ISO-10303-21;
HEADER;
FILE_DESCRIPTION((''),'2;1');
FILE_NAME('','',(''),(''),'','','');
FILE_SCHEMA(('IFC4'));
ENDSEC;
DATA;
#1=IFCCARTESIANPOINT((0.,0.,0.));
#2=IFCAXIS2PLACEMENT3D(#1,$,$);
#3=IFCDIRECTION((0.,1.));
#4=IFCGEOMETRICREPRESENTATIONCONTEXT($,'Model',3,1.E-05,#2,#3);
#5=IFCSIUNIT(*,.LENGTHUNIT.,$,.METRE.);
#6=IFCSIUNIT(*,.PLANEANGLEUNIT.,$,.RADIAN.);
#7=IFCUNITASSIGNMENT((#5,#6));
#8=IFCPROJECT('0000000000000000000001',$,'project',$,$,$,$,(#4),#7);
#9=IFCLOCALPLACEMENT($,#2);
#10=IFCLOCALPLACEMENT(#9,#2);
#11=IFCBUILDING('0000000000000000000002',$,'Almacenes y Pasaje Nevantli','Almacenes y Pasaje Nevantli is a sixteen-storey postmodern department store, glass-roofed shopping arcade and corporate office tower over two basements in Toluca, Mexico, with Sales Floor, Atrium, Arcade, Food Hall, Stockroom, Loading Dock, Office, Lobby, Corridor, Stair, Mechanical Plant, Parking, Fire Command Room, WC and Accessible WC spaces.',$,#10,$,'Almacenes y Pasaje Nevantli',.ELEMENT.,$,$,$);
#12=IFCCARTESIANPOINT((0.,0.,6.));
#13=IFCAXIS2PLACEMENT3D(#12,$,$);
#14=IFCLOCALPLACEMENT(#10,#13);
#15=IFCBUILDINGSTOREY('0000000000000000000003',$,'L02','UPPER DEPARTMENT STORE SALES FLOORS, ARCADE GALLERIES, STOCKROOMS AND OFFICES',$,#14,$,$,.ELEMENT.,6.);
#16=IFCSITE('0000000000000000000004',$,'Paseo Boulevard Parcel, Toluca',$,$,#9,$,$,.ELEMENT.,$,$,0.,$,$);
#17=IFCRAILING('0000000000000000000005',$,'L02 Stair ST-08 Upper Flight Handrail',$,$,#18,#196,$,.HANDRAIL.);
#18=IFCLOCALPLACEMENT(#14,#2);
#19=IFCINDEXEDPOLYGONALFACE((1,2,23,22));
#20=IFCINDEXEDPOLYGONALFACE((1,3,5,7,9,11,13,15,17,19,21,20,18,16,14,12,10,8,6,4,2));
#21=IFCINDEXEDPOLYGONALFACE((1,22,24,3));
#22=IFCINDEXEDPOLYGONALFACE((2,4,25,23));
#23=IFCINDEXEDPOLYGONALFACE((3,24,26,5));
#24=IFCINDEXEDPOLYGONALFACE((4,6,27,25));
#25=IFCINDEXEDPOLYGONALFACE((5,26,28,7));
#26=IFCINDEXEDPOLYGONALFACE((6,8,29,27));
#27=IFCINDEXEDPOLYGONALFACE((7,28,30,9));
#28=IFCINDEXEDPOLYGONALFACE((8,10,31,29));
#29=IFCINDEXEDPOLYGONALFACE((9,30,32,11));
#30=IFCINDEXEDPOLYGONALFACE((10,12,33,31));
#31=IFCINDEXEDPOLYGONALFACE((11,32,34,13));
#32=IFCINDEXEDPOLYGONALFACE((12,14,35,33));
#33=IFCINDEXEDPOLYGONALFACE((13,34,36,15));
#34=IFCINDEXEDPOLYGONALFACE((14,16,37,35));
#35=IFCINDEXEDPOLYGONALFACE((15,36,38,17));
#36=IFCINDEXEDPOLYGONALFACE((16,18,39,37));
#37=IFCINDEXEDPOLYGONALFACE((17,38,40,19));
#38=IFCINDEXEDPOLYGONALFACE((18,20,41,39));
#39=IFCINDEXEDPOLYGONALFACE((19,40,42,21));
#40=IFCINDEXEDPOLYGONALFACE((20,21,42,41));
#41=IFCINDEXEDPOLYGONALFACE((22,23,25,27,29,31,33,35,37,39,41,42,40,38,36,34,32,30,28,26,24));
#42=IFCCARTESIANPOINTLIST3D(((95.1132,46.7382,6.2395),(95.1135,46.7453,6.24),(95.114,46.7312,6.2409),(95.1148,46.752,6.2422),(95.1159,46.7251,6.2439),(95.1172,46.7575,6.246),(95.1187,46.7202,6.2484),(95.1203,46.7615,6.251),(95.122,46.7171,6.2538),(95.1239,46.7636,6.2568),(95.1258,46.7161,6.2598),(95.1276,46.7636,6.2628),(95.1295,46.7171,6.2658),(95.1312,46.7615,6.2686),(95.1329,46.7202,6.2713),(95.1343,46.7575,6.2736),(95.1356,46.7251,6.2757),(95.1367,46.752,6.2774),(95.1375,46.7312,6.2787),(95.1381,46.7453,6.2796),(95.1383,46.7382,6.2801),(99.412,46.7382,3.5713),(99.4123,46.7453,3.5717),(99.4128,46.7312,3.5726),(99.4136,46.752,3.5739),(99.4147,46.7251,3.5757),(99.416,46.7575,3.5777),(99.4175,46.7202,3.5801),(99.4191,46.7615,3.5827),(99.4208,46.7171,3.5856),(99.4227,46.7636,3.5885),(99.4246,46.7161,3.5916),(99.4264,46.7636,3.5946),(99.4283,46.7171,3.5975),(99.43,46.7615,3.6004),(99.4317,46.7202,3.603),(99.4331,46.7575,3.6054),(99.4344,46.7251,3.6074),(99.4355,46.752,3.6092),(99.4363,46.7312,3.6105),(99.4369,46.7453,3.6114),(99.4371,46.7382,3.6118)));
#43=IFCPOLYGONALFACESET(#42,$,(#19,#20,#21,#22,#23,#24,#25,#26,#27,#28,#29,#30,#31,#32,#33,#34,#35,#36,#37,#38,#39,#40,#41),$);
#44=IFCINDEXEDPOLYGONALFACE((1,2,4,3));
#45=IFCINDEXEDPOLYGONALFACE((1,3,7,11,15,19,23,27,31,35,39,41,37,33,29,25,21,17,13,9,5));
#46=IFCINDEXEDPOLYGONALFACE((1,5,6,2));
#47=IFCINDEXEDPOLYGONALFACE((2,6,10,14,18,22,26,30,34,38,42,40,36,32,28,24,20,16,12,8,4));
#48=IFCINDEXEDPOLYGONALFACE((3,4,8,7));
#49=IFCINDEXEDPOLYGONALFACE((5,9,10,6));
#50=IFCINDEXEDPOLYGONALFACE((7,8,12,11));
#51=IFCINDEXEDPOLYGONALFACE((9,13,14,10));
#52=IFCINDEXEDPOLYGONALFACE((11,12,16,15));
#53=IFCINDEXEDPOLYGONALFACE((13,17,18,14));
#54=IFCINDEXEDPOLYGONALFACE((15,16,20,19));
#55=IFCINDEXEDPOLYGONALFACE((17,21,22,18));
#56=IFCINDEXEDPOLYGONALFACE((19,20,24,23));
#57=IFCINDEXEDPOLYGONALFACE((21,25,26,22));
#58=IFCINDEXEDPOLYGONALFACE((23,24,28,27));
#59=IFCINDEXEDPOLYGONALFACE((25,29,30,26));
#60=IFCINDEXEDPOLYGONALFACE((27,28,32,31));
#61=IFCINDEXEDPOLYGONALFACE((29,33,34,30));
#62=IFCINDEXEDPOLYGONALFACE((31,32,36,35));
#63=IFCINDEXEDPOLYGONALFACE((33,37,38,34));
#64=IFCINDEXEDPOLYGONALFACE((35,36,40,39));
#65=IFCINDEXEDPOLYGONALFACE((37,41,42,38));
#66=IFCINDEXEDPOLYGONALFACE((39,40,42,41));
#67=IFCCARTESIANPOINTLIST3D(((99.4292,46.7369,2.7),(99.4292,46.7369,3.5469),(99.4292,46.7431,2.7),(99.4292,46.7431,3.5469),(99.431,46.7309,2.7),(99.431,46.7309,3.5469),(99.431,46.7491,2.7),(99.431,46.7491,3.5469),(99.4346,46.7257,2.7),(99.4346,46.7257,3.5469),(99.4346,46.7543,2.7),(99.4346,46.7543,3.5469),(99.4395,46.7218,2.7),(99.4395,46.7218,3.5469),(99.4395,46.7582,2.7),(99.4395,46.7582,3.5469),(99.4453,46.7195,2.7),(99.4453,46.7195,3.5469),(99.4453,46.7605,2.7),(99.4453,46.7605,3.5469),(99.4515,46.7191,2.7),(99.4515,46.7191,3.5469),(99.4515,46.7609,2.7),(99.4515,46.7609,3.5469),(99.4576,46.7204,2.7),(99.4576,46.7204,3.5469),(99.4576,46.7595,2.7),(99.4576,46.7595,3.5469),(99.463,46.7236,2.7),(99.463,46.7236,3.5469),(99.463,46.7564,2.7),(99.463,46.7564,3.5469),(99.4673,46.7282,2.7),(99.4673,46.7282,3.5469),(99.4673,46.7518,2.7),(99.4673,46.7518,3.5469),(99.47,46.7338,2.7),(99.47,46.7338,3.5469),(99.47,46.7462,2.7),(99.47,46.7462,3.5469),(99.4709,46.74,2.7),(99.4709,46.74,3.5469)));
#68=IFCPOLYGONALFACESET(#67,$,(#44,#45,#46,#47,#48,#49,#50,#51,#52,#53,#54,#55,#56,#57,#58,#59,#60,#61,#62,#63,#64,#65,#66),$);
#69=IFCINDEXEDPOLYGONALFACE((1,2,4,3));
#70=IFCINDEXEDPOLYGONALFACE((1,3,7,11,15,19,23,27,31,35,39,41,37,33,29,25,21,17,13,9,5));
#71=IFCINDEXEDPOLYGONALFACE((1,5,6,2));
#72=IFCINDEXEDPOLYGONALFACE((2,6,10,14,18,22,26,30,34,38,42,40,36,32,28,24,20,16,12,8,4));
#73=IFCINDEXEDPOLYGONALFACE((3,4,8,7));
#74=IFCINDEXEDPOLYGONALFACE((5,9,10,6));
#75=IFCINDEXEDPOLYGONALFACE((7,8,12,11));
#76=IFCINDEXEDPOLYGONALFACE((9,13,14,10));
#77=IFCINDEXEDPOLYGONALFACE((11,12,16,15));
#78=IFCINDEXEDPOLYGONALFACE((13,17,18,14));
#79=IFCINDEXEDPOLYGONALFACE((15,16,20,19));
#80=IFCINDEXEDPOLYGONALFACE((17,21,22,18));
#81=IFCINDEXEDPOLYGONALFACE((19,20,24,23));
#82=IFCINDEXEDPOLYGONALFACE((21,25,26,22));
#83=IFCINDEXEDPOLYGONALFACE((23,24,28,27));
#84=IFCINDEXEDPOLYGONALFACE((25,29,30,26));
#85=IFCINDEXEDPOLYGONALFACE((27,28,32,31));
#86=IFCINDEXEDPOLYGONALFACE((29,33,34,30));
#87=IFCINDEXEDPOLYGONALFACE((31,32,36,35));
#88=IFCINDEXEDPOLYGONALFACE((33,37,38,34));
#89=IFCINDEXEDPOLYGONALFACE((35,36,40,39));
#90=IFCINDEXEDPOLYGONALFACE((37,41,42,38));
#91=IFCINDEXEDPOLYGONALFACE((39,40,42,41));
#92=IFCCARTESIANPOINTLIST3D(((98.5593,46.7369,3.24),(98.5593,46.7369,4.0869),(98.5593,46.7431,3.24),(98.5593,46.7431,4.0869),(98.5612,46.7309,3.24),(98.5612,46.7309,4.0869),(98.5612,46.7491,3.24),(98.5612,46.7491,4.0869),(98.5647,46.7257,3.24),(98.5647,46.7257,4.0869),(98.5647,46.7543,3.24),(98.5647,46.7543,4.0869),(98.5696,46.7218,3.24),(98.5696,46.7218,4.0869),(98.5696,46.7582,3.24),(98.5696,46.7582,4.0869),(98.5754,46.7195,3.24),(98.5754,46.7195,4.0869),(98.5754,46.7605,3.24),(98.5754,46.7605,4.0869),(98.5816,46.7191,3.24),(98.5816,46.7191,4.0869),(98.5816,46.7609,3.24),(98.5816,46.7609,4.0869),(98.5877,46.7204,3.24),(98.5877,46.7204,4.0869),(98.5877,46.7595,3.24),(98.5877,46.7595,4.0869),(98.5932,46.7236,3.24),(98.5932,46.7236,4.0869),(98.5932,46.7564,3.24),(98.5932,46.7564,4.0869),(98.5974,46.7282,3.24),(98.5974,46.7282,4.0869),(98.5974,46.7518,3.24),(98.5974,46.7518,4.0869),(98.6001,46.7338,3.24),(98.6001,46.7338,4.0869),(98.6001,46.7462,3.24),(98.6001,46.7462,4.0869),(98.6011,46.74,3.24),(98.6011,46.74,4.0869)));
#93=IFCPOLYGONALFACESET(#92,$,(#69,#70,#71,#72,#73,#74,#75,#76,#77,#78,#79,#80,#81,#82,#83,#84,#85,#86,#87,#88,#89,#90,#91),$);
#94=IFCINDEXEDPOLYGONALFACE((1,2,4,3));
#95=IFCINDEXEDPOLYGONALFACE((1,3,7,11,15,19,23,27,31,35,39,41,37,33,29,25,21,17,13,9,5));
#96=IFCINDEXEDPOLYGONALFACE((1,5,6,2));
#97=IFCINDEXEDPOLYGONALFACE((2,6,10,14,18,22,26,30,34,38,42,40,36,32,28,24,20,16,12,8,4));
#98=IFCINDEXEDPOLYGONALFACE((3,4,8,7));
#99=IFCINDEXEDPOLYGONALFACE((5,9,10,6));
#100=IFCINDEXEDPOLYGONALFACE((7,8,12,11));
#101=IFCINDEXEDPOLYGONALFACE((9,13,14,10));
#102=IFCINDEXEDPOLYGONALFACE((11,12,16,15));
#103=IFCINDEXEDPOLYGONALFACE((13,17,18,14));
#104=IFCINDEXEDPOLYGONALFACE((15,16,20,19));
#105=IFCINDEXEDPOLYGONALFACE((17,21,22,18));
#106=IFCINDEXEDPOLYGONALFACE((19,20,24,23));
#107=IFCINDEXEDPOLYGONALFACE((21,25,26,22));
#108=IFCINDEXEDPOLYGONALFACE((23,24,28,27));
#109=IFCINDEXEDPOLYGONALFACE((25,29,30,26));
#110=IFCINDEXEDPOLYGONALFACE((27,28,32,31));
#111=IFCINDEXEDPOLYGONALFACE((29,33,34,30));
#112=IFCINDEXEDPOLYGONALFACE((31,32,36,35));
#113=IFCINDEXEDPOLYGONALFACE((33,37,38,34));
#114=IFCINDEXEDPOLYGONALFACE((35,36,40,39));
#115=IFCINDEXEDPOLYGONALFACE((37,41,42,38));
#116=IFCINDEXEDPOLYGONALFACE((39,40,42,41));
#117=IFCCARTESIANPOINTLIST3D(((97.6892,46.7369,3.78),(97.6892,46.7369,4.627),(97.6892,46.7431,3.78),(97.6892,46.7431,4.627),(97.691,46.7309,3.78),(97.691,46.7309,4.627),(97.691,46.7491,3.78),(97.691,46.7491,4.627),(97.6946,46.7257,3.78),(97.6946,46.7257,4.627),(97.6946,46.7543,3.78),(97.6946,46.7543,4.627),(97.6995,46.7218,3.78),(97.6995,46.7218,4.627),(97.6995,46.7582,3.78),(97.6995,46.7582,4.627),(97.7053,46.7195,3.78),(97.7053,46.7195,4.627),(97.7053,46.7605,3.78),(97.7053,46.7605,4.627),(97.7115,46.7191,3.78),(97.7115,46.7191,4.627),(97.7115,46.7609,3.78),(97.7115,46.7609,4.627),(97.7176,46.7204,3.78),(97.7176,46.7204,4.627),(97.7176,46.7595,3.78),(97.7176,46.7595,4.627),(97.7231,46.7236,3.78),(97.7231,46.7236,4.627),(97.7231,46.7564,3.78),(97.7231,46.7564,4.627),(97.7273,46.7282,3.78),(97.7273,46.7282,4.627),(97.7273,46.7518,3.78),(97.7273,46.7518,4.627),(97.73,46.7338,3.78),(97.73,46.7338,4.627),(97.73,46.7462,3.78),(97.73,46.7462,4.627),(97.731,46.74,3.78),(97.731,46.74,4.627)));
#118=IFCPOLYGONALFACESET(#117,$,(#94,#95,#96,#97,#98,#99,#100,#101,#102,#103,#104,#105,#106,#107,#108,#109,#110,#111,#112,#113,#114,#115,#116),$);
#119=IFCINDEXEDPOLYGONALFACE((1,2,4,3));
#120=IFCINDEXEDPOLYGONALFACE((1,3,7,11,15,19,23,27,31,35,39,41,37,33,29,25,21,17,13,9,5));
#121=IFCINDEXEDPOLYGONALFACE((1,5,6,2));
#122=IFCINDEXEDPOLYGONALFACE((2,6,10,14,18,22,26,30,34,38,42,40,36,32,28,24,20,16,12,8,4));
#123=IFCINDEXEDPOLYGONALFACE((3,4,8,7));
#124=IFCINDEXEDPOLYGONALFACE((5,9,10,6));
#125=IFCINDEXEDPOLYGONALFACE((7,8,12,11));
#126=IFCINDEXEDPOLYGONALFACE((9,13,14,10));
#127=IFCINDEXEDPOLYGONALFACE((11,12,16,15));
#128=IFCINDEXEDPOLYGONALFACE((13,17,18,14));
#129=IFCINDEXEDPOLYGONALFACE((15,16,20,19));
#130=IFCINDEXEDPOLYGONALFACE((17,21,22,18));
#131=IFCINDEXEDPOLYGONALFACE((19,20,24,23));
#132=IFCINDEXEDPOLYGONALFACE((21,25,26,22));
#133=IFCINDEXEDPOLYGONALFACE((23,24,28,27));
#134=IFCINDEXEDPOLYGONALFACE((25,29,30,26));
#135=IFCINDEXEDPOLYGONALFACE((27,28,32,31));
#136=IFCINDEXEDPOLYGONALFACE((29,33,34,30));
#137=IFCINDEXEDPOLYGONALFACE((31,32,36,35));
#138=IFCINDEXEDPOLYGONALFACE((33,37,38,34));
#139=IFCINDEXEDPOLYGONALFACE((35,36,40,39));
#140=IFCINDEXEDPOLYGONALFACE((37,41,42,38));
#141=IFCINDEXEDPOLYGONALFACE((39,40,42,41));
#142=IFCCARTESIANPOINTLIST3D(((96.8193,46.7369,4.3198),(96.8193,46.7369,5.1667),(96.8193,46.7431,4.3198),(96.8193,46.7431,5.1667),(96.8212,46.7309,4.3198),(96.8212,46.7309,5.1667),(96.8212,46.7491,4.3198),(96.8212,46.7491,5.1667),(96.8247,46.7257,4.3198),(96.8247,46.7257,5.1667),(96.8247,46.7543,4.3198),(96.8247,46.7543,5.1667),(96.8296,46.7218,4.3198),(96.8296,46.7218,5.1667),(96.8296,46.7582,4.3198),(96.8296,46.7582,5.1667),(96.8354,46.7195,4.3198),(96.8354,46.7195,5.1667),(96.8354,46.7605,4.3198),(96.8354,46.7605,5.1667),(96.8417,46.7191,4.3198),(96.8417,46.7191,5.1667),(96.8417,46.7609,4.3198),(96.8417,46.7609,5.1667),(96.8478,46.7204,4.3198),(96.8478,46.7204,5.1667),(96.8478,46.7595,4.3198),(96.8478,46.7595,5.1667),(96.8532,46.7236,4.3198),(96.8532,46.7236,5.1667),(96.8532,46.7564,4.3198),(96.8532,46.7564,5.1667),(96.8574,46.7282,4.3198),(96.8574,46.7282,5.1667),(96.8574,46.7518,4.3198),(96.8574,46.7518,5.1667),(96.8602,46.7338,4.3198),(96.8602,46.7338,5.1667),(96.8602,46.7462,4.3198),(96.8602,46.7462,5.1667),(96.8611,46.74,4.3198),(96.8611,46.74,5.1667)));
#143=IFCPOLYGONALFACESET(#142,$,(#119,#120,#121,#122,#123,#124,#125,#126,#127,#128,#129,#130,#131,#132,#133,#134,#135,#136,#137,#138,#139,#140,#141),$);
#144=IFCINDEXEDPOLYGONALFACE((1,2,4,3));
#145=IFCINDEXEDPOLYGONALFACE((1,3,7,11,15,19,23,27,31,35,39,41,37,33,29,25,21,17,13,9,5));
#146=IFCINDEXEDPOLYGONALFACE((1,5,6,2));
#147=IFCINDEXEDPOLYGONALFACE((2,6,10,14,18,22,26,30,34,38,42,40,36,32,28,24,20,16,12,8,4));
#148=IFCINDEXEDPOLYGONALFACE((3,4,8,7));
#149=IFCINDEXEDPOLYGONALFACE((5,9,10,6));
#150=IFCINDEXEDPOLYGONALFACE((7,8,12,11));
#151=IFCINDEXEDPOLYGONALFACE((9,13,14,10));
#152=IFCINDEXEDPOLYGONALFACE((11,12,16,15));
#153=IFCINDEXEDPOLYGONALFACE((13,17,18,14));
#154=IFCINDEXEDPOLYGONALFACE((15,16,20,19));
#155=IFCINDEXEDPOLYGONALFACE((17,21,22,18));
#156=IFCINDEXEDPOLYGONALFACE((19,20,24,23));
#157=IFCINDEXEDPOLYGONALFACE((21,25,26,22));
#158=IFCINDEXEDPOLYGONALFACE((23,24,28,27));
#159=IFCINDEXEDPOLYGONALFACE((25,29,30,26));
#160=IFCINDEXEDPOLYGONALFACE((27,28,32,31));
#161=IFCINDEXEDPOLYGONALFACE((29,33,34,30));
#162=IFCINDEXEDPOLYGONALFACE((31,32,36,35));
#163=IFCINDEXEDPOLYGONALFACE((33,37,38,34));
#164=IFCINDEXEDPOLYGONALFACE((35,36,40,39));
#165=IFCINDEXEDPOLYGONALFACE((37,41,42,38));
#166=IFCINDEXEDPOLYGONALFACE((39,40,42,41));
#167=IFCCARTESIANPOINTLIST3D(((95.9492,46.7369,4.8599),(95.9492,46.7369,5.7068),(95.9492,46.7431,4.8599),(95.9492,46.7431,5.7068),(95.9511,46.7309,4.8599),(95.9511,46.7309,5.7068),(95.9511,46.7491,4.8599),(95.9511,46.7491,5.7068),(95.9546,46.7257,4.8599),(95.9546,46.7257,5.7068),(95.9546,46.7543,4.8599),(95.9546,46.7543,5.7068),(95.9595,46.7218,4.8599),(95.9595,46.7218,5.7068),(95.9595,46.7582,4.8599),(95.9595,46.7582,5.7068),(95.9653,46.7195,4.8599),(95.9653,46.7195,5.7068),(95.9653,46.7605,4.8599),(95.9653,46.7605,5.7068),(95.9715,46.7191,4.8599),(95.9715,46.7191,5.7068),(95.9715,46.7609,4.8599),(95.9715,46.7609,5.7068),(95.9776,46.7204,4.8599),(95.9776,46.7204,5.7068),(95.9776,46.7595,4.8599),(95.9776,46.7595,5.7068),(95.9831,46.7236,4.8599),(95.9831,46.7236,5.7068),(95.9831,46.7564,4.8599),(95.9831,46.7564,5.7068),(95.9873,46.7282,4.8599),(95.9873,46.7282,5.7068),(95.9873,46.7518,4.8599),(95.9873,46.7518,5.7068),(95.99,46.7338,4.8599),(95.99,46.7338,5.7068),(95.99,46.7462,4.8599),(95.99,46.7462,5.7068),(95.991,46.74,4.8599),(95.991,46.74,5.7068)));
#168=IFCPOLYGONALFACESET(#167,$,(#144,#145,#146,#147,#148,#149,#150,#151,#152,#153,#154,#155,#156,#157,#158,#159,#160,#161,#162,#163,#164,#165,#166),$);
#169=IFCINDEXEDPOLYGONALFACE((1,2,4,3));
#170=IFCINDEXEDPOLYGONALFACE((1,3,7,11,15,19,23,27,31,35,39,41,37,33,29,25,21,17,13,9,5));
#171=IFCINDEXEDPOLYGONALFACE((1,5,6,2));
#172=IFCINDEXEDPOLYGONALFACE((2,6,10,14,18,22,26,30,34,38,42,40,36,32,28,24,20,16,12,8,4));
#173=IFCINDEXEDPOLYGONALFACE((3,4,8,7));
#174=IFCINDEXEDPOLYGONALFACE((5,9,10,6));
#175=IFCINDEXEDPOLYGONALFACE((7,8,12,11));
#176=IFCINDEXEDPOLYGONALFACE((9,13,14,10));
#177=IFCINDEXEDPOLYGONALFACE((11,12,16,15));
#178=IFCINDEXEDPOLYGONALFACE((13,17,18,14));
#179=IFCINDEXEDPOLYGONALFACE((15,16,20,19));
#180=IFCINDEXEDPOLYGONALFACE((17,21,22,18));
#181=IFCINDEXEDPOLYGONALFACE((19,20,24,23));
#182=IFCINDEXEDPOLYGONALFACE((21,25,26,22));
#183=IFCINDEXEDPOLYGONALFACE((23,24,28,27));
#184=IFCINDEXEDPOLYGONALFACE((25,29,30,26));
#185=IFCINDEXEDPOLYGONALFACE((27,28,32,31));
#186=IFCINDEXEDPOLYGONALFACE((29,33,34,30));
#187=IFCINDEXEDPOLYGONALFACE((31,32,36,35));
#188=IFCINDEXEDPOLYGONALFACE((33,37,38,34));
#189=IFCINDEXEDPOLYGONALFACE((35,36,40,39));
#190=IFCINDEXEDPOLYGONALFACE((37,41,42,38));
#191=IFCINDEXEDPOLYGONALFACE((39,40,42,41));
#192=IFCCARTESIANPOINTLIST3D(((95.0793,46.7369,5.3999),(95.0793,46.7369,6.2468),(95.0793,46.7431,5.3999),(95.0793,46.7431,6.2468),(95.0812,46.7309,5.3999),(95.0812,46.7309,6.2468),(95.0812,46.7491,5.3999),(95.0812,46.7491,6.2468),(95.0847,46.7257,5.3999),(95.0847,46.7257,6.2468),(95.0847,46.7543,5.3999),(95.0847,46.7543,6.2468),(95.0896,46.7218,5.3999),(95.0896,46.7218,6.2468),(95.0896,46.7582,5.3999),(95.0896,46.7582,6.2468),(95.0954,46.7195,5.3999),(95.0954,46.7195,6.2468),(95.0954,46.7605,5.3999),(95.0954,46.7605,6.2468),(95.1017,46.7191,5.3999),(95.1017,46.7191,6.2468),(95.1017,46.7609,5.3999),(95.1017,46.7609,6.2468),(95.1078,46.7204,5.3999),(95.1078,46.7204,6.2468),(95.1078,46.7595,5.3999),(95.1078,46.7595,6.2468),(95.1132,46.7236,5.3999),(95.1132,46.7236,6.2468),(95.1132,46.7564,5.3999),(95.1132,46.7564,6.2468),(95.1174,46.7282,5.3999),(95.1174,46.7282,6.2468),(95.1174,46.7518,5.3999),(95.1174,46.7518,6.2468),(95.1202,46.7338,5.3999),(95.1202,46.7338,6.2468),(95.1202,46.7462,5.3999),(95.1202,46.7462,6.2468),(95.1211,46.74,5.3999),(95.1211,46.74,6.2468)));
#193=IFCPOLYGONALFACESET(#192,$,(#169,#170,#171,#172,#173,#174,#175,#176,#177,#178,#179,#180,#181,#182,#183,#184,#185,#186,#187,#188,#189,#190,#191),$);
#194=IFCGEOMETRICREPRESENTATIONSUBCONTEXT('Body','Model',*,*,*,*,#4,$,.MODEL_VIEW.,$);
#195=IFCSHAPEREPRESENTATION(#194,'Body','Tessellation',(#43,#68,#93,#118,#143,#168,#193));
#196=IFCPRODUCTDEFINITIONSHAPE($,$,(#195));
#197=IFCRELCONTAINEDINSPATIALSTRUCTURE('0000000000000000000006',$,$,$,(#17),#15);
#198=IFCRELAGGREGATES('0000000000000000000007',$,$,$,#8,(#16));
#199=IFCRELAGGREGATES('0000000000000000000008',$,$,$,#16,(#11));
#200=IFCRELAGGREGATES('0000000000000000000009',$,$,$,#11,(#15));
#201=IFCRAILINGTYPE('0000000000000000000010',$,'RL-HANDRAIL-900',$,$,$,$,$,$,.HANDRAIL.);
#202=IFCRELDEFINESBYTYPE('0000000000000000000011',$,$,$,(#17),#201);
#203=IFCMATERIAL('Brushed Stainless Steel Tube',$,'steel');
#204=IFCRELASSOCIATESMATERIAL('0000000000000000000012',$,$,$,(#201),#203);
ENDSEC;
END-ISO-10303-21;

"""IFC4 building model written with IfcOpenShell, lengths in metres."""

from ifc_helpers import new_model, si_unit, direction, frame, origin, origin_2d, place, context, subcontext, project, spatial, circle, extrude, material, type_object, element, save


model = new_model("IFC4")

# Units and contexts
model_context = context("Model", 3, precision=1e-05, world=origin(), true_north=direction((0.0, 1.0)))
body_context = subcontext(model_context, "Body", "Model", "MODEL_VIEW")
ifc_project = project(units=[si_unit("LENGTHUNIT", "METRE"), si_unit("PLANEANGLEUNIT", "RADIAN")], contexts=[model_context])

# Site, building, storey
site_placement = place(None, origin())
site = spatial("IfcSite", under=ifc_project, at=site_placement, Name="Paseo Boulevard Parcel, Toluca", CompositionType="ELEMENT", RefElevation=0.0)
building_placement = place(site_placement, origin())
building = spatial("IfcBuilding", under=site, at=building_placement, Name="Almacenes y Pasaje Nevantli", Description="Almacenes y Pasaje Nevantli is a sixteen-storey postmodern department store, glass-roofed shopping arcade and corporate office tower over two basements in Toluca, Mexico, with Sales Floor, Atrium, Arcade, Food Hall, Stockroom, Loading Dock, Office, Lobby, Corridor, Stair, Mechanical Plant, Parking, Fire Command Room, WC and Accessible WC spaces.", LongName="Almacenes y Pasaje Nevantli", CompositionType="ELEMENT")
storey_placement = place(building_placement, frame((0.0, 0.0, 6.0)))
storey = spatial("IfcBuildingStorey", under=building, at=storey_placement, Name="L02", Description="UPPER DEPARTMENT STORE SALES FLOORS, ARCADE GALLERIES, STOCKROOMS AND OFFICES", CompositionType="ELEMENT", Elevation=6.0)

# Railing
ifc_material_1 = material(Name="Brushed Stainless Steel Tube", Category="steel")
railing_type_1 = type_object("IfcRailingType", Name="RL-HANDRAIL-900", PredefinedType="HANDRAIL", material=ifc_material_1)
railing_1_placement = place(storey_placement, frame((99.45, 46.74, 2.7)))
element("IfcRailing", 1, at=railing_1_placement, inside=storey, type_object=railing_type_1, Name="L02 Stair ST-08 Upper Flight Handrail", PredefinedType="HANDRAIL", context=body_context, shape_type="SweptSolid", body=[
    extrude(circle(Radius=0.0239, at=origin_2d()), frame((-0.0254, 0.0, 0.8916), z_axis=(-0.849636, 0.0, 0.527369), x_axis=(0.0, -1.0, 0.0)), (0.0, 0.0, 1.0), 5.0596),
    extrude(circle(Radius=0.021, at=origin_2d()), origin(), (0.0, 0.0, 1.0), 0.8469),
    extrude(circle(Radius=0.021, at=origin_2d()), frame((-0.8699, 0.0, 0.54)), (0.0, 0.0, 1.0), 0.8469),
    extrude(circle(Radius=0.021, at=origin_2d()), frame((-1.74, 0.0, 1.0801)), (0.0, 0.0, 1.0), 0.8469),
    extrude(circle(Radius=0.021, at=origin_2d()), frame((-2.6099, 0.0, 1.6199)), (0.0, 0.0, 1.0), 0.8469),
    extrude(circle(Radius=0.021, at=origin_2d()), frame((-3.48, 0.0, 2.1599)), (0.0, 0.0, 1.0), 0.8469),
    extrude(circle(Radius=0.021, at=origin_2d()), frame((-4.3499, 0.0, 2.7)), (0.0, 0.0, 1.0), 0.8469),
])

save(model, "model.ifc")
